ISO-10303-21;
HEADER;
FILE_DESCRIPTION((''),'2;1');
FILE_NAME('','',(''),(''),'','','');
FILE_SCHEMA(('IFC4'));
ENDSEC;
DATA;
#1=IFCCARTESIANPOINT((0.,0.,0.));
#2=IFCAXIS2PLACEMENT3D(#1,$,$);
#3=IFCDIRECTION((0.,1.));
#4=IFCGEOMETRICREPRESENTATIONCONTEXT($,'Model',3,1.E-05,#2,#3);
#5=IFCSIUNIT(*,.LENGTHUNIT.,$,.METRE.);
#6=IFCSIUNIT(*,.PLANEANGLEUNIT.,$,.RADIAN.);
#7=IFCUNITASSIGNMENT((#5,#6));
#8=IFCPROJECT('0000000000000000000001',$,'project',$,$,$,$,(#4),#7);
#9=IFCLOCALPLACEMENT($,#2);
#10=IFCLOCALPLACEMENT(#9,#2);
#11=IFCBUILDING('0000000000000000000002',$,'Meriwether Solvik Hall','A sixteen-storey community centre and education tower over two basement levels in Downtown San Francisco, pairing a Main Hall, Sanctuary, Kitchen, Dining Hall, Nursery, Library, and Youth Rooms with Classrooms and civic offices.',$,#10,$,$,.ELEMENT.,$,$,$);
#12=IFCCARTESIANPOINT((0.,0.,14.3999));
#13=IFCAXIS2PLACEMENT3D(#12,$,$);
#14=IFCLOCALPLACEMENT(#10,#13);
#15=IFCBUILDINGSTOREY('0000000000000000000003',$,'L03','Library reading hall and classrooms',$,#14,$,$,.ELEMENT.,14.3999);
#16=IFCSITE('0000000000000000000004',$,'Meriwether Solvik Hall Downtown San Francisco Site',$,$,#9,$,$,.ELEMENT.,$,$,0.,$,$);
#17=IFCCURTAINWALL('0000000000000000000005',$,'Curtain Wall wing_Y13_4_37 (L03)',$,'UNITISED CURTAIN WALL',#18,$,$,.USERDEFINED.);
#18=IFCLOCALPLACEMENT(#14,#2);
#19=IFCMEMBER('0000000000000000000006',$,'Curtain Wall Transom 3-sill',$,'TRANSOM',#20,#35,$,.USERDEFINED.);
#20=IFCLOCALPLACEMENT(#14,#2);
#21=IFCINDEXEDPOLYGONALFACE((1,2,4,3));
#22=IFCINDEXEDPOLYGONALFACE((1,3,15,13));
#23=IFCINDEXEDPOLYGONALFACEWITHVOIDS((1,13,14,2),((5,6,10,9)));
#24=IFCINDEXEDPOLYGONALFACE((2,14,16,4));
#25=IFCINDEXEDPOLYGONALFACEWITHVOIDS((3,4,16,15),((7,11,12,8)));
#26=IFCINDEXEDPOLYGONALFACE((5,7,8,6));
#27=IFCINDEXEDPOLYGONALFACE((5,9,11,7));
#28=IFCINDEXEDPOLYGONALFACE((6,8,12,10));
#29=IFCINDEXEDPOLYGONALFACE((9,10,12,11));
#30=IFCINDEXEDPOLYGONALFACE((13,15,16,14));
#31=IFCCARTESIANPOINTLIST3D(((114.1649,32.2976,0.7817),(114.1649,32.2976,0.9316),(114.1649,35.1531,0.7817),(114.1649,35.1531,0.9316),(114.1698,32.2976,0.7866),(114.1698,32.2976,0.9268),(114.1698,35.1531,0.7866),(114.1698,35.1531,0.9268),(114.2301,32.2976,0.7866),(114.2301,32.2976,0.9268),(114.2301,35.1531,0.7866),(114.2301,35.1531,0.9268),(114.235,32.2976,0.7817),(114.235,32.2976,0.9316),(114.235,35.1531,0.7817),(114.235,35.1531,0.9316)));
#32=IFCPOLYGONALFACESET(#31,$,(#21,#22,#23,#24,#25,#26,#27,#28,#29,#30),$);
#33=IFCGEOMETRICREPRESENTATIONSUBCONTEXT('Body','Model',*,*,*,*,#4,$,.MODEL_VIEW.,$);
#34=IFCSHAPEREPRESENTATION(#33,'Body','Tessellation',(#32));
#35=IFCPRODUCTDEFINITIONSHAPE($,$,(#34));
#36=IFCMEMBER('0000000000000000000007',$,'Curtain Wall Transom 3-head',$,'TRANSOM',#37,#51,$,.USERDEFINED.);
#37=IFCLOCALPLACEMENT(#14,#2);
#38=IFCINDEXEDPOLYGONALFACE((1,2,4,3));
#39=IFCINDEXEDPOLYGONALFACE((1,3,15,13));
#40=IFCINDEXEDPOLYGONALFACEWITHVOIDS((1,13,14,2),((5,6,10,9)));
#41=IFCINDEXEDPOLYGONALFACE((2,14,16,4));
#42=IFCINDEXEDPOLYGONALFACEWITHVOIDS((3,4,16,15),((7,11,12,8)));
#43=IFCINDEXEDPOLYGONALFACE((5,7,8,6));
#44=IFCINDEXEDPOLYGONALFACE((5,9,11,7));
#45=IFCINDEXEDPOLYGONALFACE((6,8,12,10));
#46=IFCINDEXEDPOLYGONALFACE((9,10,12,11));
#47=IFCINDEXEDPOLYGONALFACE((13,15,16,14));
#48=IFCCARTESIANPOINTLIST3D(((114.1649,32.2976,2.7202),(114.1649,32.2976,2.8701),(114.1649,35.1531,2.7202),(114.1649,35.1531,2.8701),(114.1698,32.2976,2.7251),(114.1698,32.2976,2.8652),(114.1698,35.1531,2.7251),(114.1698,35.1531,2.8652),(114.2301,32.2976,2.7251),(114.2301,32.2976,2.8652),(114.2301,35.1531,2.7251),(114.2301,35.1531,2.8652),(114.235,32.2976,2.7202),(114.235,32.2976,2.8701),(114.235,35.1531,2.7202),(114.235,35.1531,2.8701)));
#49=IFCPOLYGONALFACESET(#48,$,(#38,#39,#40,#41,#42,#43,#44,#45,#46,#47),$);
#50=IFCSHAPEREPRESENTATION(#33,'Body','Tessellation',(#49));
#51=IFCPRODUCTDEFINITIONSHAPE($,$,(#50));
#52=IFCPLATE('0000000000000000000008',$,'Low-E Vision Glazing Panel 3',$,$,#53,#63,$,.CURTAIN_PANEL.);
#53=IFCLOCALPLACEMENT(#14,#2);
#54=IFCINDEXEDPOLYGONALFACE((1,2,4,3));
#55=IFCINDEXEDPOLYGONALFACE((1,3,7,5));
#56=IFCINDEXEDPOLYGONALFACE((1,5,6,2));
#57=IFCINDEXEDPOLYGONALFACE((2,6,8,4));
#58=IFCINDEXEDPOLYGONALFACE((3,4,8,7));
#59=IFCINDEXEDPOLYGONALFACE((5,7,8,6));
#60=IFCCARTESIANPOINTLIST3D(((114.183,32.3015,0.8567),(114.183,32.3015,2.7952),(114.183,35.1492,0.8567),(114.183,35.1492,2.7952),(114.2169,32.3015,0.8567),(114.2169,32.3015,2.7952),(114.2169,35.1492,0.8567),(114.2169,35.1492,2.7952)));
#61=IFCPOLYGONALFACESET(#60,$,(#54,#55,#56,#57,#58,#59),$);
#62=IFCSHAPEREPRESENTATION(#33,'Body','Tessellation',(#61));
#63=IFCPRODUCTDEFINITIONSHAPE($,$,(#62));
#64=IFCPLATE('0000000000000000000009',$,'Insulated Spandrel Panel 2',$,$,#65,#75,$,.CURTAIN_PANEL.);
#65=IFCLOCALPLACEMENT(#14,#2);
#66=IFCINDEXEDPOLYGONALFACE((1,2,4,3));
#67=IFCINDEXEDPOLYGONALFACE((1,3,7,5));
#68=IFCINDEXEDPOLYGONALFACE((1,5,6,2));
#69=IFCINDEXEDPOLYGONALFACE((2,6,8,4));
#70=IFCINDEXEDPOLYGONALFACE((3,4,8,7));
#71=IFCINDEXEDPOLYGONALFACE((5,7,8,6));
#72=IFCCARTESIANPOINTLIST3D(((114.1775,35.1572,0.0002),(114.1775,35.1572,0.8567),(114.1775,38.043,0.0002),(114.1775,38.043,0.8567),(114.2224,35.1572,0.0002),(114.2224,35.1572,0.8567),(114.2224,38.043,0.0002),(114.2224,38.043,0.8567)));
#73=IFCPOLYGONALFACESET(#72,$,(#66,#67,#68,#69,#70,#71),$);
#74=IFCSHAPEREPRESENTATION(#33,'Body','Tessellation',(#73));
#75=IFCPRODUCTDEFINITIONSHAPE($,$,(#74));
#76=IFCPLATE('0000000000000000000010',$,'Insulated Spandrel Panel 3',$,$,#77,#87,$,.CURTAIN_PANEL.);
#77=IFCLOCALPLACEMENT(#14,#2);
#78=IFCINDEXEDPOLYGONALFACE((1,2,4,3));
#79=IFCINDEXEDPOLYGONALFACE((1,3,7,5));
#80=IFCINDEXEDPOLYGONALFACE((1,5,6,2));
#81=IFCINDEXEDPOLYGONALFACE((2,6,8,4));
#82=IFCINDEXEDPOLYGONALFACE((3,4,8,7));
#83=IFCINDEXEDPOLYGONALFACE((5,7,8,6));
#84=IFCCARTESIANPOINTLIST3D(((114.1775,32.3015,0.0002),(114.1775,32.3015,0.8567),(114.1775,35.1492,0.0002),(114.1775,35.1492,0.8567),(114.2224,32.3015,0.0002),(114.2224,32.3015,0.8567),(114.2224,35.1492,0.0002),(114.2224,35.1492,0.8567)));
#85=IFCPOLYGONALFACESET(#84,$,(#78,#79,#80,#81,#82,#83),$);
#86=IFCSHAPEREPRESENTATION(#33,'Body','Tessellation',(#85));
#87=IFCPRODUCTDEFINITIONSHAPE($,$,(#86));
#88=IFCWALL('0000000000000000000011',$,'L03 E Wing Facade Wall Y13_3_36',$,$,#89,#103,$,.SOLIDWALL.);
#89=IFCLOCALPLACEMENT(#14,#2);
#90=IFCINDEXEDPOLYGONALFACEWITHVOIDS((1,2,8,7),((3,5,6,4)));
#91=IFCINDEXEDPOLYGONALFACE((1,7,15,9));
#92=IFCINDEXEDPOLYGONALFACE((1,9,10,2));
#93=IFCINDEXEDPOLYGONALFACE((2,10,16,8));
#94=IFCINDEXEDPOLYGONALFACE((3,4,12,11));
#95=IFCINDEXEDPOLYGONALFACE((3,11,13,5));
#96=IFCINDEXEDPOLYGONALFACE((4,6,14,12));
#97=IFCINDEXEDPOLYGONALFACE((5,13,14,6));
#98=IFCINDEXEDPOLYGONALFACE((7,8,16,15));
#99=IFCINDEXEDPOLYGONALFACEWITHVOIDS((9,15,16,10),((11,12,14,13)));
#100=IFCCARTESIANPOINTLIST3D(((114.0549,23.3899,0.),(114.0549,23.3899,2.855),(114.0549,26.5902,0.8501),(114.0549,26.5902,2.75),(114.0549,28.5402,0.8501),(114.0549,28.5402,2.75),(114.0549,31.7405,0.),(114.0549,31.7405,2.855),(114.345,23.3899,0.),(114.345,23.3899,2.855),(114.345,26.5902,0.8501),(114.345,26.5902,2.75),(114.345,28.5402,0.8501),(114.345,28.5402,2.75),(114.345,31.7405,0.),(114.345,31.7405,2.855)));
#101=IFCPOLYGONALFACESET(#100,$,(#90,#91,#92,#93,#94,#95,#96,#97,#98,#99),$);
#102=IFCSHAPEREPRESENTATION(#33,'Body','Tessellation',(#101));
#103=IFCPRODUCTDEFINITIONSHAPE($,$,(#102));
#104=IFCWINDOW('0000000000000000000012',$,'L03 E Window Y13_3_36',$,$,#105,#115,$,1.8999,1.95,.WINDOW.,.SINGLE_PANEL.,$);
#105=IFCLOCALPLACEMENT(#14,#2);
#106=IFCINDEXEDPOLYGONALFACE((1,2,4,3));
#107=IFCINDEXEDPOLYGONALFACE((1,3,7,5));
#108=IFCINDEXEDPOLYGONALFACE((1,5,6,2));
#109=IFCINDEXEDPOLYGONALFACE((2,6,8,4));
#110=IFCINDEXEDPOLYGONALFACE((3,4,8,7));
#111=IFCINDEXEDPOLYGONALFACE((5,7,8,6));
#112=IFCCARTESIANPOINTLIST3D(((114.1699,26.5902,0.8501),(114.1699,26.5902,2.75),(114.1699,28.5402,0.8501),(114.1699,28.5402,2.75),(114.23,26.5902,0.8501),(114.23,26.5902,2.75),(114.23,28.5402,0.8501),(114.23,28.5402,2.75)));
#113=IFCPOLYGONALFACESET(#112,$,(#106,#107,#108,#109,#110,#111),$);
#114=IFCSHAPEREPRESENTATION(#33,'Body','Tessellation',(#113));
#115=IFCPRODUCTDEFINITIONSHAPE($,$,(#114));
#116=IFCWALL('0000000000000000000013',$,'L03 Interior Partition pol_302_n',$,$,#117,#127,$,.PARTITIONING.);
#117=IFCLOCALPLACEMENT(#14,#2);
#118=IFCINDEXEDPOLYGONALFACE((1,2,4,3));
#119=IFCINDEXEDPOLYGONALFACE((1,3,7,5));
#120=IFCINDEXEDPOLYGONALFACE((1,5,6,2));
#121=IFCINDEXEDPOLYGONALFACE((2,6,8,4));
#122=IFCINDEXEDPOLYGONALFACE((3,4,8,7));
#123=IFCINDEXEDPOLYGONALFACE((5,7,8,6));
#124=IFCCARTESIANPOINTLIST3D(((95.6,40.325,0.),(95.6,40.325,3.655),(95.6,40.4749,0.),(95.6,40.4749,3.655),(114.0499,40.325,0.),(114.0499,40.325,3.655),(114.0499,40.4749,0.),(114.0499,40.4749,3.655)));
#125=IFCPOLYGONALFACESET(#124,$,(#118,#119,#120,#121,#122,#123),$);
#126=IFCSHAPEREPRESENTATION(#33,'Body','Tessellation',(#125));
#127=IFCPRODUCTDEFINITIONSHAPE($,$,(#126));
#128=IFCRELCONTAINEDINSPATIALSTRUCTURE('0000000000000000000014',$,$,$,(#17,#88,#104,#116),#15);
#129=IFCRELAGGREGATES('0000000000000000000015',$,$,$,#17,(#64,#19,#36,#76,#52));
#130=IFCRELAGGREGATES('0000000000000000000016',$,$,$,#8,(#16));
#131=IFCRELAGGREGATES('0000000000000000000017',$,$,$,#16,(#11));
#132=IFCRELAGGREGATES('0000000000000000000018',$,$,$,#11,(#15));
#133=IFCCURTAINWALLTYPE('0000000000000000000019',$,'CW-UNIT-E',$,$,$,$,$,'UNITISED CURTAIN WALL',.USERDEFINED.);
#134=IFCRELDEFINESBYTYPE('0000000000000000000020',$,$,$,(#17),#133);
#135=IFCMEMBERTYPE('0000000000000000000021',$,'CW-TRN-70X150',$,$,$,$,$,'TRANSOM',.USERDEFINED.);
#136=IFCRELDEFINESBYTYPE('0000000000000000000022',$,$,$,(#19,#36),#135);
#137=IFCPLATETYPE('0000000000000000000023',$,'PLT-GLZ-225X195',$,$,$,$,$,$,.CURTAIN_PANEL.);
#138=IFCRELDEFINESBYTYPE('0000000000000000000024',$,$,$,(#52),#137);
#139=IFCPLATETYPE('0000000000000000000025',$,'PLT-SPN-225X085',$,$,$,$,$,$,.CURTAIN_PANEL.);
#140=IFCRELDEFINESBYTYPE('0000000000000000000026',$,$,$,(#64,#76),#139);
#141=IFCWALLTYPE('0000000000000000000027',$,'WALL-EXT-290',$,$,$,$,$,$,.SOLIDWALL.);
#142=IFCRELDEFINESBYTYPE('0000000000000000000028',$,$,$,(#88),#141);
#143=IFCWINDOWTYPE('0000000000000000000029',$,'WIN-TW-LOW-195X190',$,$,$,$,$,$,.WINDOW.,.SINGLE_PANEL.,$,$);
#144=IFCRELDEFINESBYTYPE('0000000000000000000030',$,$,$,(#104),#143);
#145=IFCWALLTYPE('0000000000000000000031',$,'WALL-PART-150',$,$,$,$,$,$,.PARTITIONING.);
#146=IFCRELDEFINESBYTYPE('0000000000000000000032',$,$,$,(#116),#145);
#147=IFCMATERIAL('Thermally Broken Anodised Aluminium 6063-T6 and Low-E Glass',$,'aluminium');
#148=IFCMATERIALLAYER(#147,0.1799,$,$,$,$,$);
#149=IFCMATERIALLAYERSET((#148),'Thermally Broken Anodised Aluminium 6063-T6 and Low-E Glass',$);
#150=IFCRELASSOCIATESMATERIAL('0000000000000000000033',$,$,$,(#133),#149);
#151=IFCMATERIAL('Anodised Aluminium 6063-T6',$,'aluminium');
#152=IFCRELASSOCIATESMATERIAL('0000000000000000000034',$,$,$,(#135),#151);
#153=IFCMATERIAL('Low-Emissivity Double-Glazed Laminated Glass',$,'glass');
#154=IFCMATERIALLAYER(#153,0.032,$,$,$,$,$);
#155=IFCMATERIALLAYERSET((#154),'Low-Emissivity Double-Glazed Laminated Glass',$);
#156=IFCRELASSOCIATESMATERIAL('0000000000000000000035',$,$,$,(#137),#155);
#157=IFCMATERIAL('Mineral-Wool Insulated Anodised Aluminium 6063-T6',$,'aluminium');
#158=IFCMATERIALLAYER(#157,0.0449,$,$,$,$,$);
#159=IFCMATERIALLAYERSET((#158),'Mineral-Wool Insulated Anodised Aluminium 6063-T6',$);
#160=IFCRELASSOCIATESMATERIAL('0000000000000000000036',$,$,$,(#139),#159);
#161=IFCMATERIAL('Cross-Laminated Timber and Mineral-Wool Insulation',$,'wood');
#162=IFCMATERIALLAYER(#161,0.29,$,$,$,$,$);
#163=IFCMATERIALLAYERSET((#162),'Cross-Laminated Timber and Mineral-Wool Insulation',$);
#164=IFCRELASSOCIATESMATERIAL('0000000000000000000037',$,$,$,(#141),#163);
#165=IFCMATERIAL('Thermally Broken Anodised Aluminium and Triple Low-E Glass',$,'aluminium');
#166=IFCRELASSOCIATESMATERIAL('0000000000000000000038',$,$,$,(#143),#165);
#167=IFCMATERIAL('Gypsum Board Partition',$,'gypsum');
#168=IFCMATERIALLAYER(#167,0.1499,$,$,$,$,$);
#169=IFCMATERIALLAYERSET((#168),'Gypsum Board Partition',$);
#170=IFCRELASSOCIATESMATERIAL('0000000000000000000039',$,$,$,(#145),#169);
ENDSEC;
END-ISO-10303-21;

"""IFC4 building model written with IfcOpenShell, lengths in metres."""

from ifc_helpers import new_model, si_unit, direction, frame, frame_2d, origin, origin_2d, place, context, subcontext, project, spatial, rectangle, hollow_rectangle, extrude, material, layer, layer_set, material_profile, profile_set, type_object, element, fill, aggregate, save


model = new_model("IFC4")

# Units and contexts
model_context = context("Model", 3, precision=1e-05, world=origin(), true_north=direction((0.0, 1.0)))
body_context = subcontext(model_context, "Body", "Model", "MODEL_VIEW")
ifc_project = project(units=[si_unit("LENGTHUNIT", "METRE"), si_unit("PLANEANGLEUNIT", "RADIAN")], contexts=[model_context])

# Site, building, storey
site_placement = place(None, origin())
site = spatial("IfcSite", under=ifc_project, at=site_placement, Name="Meriwether Solvik Hall Downtown San Francisco Site", CompositionType="ELEMENT", RefElevation=0.0)
building_placement = place(site_placement, origin())
building = spatial("IfcBuilding", under=site, at=building_placement, Name="Meriwether Solvik Hall", Description="A sixteen-storey community centre and education tower over two basement levels in Downtown San Francisco, pairing a Main Hall, Sanctuary, Kitchen, Dining Hall, Nursery, Library, and Youth Rooms with Classrooms and civic offices.", CompositionType="ELEMENT")
storey_placement = place(building_placement, frame((0.0, 0.0, 14.3999)))
storey = spatial("IfcBuildingStorey", under=building, at=storey_placement, Name="L03", Description="Library reading hall and classrooms", CompositionType="ELEMENT", Elevation=14.3999)

# Curtain wall, members, plates
ifc_material_1 = material(Name="Thermally Broken Anodised Aluminium 6063-T6 and Low-E Glass", Category="aluminium")
ifc_layer_1 = layer(ifc_material_1, 0.1799)
ifc_layer_set_1 = layer_set([ifc_layer_1], Name="Thermally Broken Anodised Aluminium 6063-T6 and Low-E Glass")
curtain_wall_type = type_object("IfcCurtainWallType", Name="CW-UNIT-E", ElementType="UNITISED CURTAIN WALL", PredefinedType="USERDEFINED", material=ifc_layer_set_1)
curtain_wall_placement = place(storey_placement, origin())
curtain_wall = element("IfcCurtainWall", 1, at=curtain_wall_placement, inside=storey, type_object=curtain_wall_type, Name="Curtain Wall wing_Y13_4_37 (L03)", ObjectType="UNITISED CURTAIN WALL", PredefinedType="USERDEFINED")
ifc_material_2 = material(Name="Anodised Aluminium 6063-T6", Category="aluminium")
ifc_material_profile_1 = material_profile(ifc_material_2, hollow_rectangle(XDim=0.0701, YDim=0.1499, WallThickness=0.0049, at=origin_2d()), Name="CWT-70X150")
ifc_profile_set_1 = profile_set([ifc_material_profile_1], Name="Anodised Aluminium 6063-T6")
member_type_1 = type_object("IfcMemberType", Name="CW-TRN-70X150", ElementType="TRANSOM", PredefinedType="USERDEFINED", material=ifc_profile_set_1)
member_1_placement = place(storey_placement, frame((114.2, 35.1531, 0.8567), z_axis=(0.0, -1.0, 0.0), x_axis=(1.0, 0.0, 0.0)))
member_1 = element("IfcMember", 2, at=member_1_placement, type_object=member_type_1, Name="Curtain Wall Transom 3-sill", ObjectType="TRANSOM", PredefinedType="USERDEFINED", context=body_context, shape_type="SweptSolid", body=[
    extrude(hollow_rectangle(XDim=0.0701, YDim=0.1499, WallThickness=0.0049, at=origin_2d()), origin(), (0.0, 0.0, 1.0), 2.8555),
])
member_2_placement = place(storey_placement, frame((114.2, 35.1531, 2.7952), z_axis=(0.0, -1.0, 0.0), x_axis=(1.0, 0.0, 0.0)))
member_2 = element("IfcMember", 3, at=member_2_placement, type_object=member_type_1, Name="Curtain Wall Transom 3-head", ObjectType="TRANSOM", PredefinedType="USERDEFINED", context=body_context, shape_type="SweptSolid", body=[
    extrude(hollow_rectangle(XDim=0.0701, YDim=0.1499, WallThickness=0.0049, at=origin_2d()), origin(), (0.0, 0.0, 1.0), 2.8555),
])
ifc_material_3 = material(Name="Low-Emissivity Double-Glazed Laminated Glass", Category="glass")
ifc_layer_2 = layer(ifc_material_3, 0.032)
ifc_layer_set_2 = layer_set([ifc_layer_2], Name="Low-Emissivity Double-Glazed Laminated Glass")
plate_type_1 = type_object("IfcPlateType", Name="PLT-GLZ-225X195", PredefinedType="CURTAIN_PANEL", material=ifc_layer_set_2)
plate_1_placement = place(storey_placement, frame((114.2, 33.7253, 0.8567), z_axis=(0.0, 0.0, 1.0), x_axis=(0.0, -1.0, 0.0)))
plate_1 = element("IfcPlate", 4, at=plate_1_placement, type_object=plate_type_1, Name="Low-E Vision Glazing Panel 3", PredefinedType="CURTAIN_PANEL", context=body_context, shape_type="SweptSolid", body=[
    extrude(rectangle(XDim=2.8477, YDim=0.0339, at=origin_2d()), origin(), (0.0, 0.0, 1.0), 1.9385),
])
ifc_material_4 = material(Name="Mineral-Wool Insulated Anodised Aluminium 6063-T6", Category="aluminium")
ifc_layer_3 = layer(ifc_material_4, 0.0449)
ifc_layer_set_3 = layer_set([ifc_layer_3], Name="Mineral-Wool Insulated Anodised Aluminium 6063-T6")
plate_type_2 = type_object("IfcPlateType", Name="PLT-SPN-225X085", PredefinedType="CURTAIN_PANEL", material=ifc_layer_set_3)
plate_2_placement = place(storey_placement, frame((114.2, 36.6001, 0.0002), z_axis=(0.0, 0.0, 1.0), x_axis=(0.0, -1.0, 0.0)))
plate_2 = element("IfcPlate", 5, at=plate_2_placement, type_object=plate_type_2, Name="Insulated Spandrel Panel 2", PredefinedType="CURTAIN_PANEL", context=body_context, shape_type="SweptSolid", body=[
    extrude(rectangle(XDim=2.8857, YDim=0.0449, at=origin_2d()), origin(), (0.0, 0.0, 1.0), 0.8564),
])
plate_3_placement = place(storey_placement, frame((114.2, 33.7253, 0.0002), z_axis=(0.0, 0.0, 1.0), x_axis=(0.0, -1.0, 0.0)))
plate_3 = element("IfcPlate", 6, at=plate_3_placement, type_object=plate_type_2, Name="Insulated Spandrel Panel 3", PredefinedType="CURTAIN_PANEL", context=body_context, shape_type="SweptSolid", body=[
    extrude(rectangle(XDim=2.8477, YDim=0.0449, at=origin_2d()), origin(), (0.0, 0.0, 1.0), 0.8564),
])
aggregate(curtain_wall, [plate_2, member_1, member_2, plate_3, plate_1])

# Wall, opening, window
ifc_material_5 = material(Name="Cross-Laminated Timber and Mineral-Wool Insulation", Category="wood")
ifc_layer_4 = layer(ifc_material_5, 0.29)
ifc_layer_set_4 = layer_set([ifc_layer_4], Name="Cross-Laminated Timber and Mineral-Wool Insulation")
wall_type_1 = type_object("IfcWallType", Name="WALL-EXT-290", PredefinedType="SOLIDWALL", material=ifc_layer_set_4)
wall_1_placement = place(storey_placement, frame((114.2, 31.7405, 0.0), z_axis=(0.0, 0.0, 1.0), x_axis=(0.0, -1.0, 0.0)))
wall_1 = element("IfcWall", 7, at=wall_1_placement, inside=storey, type_object=wall_type_1, Name="L03 E Wing Facade Wall Y13_3_36", PredefinedType="SOLIDWALL", context=body_context, shape_type="SweptSolid", body=[
    extrude(rectangle(XDim=8.3506, YDim=0.29, at=frame_2d((4.1753, 0.0))), origin(), (0.0, 0.0, 1.0), 2.855),
])
opening_placement = place(wall_1_placement, frame((3.2002, 0.0, 0.8501)))
opening = element("IfcOpeningElement", 8, at=opening_placement, cuts=wall_1, PredefinedType="OPENING", context=body_context, shape_type="SweptSolid", body=[
    extrude(rectangle(XDim=1.95, YDim=1.8999, at=frame_2d((0.9751, 0.95))), frame((0.0, 0.157, 0.0), z_axis=(0.0, -1.0, 0.0), x_axis=(1.0, 0.0, 0.0)), (0.0, 0.0, 1.0), 0.314),
])
ifc_material_6 = material(Name="Thermally Broken Anodised Aluminium and Triple Low-E Glass", Category="aluminium")
window_type = type_object("IfcWindowType", Name="WIN-TW-LOW-195X190", PartitioningType="SINGLE_PANEL", PredefinedType="WINDOW", material=ifc_material_6)
window_placement = place(opening_placement, origin())
window = element("IfcWindow", 9, at=window_placement, inside=storey, type_object=window_type, Name="L03 E Window Y13_3_36", OverallHeight=1.8999, OverallWidth=1.95, PartitioningType="SINGLE_PANEL", PredefinedType="WINDOW", context=body_context, shape_type="SweptSolid", body=[
    extrude(rectangle(XDim=1.95, YDim=1.8999, at=frame_2d((0.9751, 0.95))), frame((0.0, 0.03, 0.0), z_axis=(0.0, -1.0, 0.0), x_axis=(1.0, 0.0, 0.0)), (0.0, 0.0, 1.0), 0.0601),
])
fill(opening, window)

# Wall
ifc_material_7 = material(Name="Gypsum Board Partition", Category="gypsum")
ifc_layer_5 = layer(ifc_material_7, 0.1499)
ifc_layer_set_5 = layer_set([ifc_layer_5], Name="Gypsum Board Partition")
wall_type_2 = type_object("IfcWallType", Name="WALL-PART-150", PredefinedType="PARTITIONING", material=ifc_layer_set_5)
wall_2_placement = place(storey_placement, frame((114.05, 40.3999, 0.0), z_axis=(0.0, 0.0, 1.0), x_axis=(-1.0, 0.0, 0.0)))
element("IfcWall", 10, at=wall_2_placement, inside=storey, type_object=wall_type_2, Name="L03 Interior Partition pol_302_n", PredefinedType="PARTITIONING", context=body_context, shape_type="SweptSolid", body=[
    extrude(rectangle(XDim=18.45, YDim=0.1499, at=frame_2d((9.2251, 0.0))), origin(), (0.0, 0.0, 1.0), 3.655),
])

save(model, "model.ifc")
